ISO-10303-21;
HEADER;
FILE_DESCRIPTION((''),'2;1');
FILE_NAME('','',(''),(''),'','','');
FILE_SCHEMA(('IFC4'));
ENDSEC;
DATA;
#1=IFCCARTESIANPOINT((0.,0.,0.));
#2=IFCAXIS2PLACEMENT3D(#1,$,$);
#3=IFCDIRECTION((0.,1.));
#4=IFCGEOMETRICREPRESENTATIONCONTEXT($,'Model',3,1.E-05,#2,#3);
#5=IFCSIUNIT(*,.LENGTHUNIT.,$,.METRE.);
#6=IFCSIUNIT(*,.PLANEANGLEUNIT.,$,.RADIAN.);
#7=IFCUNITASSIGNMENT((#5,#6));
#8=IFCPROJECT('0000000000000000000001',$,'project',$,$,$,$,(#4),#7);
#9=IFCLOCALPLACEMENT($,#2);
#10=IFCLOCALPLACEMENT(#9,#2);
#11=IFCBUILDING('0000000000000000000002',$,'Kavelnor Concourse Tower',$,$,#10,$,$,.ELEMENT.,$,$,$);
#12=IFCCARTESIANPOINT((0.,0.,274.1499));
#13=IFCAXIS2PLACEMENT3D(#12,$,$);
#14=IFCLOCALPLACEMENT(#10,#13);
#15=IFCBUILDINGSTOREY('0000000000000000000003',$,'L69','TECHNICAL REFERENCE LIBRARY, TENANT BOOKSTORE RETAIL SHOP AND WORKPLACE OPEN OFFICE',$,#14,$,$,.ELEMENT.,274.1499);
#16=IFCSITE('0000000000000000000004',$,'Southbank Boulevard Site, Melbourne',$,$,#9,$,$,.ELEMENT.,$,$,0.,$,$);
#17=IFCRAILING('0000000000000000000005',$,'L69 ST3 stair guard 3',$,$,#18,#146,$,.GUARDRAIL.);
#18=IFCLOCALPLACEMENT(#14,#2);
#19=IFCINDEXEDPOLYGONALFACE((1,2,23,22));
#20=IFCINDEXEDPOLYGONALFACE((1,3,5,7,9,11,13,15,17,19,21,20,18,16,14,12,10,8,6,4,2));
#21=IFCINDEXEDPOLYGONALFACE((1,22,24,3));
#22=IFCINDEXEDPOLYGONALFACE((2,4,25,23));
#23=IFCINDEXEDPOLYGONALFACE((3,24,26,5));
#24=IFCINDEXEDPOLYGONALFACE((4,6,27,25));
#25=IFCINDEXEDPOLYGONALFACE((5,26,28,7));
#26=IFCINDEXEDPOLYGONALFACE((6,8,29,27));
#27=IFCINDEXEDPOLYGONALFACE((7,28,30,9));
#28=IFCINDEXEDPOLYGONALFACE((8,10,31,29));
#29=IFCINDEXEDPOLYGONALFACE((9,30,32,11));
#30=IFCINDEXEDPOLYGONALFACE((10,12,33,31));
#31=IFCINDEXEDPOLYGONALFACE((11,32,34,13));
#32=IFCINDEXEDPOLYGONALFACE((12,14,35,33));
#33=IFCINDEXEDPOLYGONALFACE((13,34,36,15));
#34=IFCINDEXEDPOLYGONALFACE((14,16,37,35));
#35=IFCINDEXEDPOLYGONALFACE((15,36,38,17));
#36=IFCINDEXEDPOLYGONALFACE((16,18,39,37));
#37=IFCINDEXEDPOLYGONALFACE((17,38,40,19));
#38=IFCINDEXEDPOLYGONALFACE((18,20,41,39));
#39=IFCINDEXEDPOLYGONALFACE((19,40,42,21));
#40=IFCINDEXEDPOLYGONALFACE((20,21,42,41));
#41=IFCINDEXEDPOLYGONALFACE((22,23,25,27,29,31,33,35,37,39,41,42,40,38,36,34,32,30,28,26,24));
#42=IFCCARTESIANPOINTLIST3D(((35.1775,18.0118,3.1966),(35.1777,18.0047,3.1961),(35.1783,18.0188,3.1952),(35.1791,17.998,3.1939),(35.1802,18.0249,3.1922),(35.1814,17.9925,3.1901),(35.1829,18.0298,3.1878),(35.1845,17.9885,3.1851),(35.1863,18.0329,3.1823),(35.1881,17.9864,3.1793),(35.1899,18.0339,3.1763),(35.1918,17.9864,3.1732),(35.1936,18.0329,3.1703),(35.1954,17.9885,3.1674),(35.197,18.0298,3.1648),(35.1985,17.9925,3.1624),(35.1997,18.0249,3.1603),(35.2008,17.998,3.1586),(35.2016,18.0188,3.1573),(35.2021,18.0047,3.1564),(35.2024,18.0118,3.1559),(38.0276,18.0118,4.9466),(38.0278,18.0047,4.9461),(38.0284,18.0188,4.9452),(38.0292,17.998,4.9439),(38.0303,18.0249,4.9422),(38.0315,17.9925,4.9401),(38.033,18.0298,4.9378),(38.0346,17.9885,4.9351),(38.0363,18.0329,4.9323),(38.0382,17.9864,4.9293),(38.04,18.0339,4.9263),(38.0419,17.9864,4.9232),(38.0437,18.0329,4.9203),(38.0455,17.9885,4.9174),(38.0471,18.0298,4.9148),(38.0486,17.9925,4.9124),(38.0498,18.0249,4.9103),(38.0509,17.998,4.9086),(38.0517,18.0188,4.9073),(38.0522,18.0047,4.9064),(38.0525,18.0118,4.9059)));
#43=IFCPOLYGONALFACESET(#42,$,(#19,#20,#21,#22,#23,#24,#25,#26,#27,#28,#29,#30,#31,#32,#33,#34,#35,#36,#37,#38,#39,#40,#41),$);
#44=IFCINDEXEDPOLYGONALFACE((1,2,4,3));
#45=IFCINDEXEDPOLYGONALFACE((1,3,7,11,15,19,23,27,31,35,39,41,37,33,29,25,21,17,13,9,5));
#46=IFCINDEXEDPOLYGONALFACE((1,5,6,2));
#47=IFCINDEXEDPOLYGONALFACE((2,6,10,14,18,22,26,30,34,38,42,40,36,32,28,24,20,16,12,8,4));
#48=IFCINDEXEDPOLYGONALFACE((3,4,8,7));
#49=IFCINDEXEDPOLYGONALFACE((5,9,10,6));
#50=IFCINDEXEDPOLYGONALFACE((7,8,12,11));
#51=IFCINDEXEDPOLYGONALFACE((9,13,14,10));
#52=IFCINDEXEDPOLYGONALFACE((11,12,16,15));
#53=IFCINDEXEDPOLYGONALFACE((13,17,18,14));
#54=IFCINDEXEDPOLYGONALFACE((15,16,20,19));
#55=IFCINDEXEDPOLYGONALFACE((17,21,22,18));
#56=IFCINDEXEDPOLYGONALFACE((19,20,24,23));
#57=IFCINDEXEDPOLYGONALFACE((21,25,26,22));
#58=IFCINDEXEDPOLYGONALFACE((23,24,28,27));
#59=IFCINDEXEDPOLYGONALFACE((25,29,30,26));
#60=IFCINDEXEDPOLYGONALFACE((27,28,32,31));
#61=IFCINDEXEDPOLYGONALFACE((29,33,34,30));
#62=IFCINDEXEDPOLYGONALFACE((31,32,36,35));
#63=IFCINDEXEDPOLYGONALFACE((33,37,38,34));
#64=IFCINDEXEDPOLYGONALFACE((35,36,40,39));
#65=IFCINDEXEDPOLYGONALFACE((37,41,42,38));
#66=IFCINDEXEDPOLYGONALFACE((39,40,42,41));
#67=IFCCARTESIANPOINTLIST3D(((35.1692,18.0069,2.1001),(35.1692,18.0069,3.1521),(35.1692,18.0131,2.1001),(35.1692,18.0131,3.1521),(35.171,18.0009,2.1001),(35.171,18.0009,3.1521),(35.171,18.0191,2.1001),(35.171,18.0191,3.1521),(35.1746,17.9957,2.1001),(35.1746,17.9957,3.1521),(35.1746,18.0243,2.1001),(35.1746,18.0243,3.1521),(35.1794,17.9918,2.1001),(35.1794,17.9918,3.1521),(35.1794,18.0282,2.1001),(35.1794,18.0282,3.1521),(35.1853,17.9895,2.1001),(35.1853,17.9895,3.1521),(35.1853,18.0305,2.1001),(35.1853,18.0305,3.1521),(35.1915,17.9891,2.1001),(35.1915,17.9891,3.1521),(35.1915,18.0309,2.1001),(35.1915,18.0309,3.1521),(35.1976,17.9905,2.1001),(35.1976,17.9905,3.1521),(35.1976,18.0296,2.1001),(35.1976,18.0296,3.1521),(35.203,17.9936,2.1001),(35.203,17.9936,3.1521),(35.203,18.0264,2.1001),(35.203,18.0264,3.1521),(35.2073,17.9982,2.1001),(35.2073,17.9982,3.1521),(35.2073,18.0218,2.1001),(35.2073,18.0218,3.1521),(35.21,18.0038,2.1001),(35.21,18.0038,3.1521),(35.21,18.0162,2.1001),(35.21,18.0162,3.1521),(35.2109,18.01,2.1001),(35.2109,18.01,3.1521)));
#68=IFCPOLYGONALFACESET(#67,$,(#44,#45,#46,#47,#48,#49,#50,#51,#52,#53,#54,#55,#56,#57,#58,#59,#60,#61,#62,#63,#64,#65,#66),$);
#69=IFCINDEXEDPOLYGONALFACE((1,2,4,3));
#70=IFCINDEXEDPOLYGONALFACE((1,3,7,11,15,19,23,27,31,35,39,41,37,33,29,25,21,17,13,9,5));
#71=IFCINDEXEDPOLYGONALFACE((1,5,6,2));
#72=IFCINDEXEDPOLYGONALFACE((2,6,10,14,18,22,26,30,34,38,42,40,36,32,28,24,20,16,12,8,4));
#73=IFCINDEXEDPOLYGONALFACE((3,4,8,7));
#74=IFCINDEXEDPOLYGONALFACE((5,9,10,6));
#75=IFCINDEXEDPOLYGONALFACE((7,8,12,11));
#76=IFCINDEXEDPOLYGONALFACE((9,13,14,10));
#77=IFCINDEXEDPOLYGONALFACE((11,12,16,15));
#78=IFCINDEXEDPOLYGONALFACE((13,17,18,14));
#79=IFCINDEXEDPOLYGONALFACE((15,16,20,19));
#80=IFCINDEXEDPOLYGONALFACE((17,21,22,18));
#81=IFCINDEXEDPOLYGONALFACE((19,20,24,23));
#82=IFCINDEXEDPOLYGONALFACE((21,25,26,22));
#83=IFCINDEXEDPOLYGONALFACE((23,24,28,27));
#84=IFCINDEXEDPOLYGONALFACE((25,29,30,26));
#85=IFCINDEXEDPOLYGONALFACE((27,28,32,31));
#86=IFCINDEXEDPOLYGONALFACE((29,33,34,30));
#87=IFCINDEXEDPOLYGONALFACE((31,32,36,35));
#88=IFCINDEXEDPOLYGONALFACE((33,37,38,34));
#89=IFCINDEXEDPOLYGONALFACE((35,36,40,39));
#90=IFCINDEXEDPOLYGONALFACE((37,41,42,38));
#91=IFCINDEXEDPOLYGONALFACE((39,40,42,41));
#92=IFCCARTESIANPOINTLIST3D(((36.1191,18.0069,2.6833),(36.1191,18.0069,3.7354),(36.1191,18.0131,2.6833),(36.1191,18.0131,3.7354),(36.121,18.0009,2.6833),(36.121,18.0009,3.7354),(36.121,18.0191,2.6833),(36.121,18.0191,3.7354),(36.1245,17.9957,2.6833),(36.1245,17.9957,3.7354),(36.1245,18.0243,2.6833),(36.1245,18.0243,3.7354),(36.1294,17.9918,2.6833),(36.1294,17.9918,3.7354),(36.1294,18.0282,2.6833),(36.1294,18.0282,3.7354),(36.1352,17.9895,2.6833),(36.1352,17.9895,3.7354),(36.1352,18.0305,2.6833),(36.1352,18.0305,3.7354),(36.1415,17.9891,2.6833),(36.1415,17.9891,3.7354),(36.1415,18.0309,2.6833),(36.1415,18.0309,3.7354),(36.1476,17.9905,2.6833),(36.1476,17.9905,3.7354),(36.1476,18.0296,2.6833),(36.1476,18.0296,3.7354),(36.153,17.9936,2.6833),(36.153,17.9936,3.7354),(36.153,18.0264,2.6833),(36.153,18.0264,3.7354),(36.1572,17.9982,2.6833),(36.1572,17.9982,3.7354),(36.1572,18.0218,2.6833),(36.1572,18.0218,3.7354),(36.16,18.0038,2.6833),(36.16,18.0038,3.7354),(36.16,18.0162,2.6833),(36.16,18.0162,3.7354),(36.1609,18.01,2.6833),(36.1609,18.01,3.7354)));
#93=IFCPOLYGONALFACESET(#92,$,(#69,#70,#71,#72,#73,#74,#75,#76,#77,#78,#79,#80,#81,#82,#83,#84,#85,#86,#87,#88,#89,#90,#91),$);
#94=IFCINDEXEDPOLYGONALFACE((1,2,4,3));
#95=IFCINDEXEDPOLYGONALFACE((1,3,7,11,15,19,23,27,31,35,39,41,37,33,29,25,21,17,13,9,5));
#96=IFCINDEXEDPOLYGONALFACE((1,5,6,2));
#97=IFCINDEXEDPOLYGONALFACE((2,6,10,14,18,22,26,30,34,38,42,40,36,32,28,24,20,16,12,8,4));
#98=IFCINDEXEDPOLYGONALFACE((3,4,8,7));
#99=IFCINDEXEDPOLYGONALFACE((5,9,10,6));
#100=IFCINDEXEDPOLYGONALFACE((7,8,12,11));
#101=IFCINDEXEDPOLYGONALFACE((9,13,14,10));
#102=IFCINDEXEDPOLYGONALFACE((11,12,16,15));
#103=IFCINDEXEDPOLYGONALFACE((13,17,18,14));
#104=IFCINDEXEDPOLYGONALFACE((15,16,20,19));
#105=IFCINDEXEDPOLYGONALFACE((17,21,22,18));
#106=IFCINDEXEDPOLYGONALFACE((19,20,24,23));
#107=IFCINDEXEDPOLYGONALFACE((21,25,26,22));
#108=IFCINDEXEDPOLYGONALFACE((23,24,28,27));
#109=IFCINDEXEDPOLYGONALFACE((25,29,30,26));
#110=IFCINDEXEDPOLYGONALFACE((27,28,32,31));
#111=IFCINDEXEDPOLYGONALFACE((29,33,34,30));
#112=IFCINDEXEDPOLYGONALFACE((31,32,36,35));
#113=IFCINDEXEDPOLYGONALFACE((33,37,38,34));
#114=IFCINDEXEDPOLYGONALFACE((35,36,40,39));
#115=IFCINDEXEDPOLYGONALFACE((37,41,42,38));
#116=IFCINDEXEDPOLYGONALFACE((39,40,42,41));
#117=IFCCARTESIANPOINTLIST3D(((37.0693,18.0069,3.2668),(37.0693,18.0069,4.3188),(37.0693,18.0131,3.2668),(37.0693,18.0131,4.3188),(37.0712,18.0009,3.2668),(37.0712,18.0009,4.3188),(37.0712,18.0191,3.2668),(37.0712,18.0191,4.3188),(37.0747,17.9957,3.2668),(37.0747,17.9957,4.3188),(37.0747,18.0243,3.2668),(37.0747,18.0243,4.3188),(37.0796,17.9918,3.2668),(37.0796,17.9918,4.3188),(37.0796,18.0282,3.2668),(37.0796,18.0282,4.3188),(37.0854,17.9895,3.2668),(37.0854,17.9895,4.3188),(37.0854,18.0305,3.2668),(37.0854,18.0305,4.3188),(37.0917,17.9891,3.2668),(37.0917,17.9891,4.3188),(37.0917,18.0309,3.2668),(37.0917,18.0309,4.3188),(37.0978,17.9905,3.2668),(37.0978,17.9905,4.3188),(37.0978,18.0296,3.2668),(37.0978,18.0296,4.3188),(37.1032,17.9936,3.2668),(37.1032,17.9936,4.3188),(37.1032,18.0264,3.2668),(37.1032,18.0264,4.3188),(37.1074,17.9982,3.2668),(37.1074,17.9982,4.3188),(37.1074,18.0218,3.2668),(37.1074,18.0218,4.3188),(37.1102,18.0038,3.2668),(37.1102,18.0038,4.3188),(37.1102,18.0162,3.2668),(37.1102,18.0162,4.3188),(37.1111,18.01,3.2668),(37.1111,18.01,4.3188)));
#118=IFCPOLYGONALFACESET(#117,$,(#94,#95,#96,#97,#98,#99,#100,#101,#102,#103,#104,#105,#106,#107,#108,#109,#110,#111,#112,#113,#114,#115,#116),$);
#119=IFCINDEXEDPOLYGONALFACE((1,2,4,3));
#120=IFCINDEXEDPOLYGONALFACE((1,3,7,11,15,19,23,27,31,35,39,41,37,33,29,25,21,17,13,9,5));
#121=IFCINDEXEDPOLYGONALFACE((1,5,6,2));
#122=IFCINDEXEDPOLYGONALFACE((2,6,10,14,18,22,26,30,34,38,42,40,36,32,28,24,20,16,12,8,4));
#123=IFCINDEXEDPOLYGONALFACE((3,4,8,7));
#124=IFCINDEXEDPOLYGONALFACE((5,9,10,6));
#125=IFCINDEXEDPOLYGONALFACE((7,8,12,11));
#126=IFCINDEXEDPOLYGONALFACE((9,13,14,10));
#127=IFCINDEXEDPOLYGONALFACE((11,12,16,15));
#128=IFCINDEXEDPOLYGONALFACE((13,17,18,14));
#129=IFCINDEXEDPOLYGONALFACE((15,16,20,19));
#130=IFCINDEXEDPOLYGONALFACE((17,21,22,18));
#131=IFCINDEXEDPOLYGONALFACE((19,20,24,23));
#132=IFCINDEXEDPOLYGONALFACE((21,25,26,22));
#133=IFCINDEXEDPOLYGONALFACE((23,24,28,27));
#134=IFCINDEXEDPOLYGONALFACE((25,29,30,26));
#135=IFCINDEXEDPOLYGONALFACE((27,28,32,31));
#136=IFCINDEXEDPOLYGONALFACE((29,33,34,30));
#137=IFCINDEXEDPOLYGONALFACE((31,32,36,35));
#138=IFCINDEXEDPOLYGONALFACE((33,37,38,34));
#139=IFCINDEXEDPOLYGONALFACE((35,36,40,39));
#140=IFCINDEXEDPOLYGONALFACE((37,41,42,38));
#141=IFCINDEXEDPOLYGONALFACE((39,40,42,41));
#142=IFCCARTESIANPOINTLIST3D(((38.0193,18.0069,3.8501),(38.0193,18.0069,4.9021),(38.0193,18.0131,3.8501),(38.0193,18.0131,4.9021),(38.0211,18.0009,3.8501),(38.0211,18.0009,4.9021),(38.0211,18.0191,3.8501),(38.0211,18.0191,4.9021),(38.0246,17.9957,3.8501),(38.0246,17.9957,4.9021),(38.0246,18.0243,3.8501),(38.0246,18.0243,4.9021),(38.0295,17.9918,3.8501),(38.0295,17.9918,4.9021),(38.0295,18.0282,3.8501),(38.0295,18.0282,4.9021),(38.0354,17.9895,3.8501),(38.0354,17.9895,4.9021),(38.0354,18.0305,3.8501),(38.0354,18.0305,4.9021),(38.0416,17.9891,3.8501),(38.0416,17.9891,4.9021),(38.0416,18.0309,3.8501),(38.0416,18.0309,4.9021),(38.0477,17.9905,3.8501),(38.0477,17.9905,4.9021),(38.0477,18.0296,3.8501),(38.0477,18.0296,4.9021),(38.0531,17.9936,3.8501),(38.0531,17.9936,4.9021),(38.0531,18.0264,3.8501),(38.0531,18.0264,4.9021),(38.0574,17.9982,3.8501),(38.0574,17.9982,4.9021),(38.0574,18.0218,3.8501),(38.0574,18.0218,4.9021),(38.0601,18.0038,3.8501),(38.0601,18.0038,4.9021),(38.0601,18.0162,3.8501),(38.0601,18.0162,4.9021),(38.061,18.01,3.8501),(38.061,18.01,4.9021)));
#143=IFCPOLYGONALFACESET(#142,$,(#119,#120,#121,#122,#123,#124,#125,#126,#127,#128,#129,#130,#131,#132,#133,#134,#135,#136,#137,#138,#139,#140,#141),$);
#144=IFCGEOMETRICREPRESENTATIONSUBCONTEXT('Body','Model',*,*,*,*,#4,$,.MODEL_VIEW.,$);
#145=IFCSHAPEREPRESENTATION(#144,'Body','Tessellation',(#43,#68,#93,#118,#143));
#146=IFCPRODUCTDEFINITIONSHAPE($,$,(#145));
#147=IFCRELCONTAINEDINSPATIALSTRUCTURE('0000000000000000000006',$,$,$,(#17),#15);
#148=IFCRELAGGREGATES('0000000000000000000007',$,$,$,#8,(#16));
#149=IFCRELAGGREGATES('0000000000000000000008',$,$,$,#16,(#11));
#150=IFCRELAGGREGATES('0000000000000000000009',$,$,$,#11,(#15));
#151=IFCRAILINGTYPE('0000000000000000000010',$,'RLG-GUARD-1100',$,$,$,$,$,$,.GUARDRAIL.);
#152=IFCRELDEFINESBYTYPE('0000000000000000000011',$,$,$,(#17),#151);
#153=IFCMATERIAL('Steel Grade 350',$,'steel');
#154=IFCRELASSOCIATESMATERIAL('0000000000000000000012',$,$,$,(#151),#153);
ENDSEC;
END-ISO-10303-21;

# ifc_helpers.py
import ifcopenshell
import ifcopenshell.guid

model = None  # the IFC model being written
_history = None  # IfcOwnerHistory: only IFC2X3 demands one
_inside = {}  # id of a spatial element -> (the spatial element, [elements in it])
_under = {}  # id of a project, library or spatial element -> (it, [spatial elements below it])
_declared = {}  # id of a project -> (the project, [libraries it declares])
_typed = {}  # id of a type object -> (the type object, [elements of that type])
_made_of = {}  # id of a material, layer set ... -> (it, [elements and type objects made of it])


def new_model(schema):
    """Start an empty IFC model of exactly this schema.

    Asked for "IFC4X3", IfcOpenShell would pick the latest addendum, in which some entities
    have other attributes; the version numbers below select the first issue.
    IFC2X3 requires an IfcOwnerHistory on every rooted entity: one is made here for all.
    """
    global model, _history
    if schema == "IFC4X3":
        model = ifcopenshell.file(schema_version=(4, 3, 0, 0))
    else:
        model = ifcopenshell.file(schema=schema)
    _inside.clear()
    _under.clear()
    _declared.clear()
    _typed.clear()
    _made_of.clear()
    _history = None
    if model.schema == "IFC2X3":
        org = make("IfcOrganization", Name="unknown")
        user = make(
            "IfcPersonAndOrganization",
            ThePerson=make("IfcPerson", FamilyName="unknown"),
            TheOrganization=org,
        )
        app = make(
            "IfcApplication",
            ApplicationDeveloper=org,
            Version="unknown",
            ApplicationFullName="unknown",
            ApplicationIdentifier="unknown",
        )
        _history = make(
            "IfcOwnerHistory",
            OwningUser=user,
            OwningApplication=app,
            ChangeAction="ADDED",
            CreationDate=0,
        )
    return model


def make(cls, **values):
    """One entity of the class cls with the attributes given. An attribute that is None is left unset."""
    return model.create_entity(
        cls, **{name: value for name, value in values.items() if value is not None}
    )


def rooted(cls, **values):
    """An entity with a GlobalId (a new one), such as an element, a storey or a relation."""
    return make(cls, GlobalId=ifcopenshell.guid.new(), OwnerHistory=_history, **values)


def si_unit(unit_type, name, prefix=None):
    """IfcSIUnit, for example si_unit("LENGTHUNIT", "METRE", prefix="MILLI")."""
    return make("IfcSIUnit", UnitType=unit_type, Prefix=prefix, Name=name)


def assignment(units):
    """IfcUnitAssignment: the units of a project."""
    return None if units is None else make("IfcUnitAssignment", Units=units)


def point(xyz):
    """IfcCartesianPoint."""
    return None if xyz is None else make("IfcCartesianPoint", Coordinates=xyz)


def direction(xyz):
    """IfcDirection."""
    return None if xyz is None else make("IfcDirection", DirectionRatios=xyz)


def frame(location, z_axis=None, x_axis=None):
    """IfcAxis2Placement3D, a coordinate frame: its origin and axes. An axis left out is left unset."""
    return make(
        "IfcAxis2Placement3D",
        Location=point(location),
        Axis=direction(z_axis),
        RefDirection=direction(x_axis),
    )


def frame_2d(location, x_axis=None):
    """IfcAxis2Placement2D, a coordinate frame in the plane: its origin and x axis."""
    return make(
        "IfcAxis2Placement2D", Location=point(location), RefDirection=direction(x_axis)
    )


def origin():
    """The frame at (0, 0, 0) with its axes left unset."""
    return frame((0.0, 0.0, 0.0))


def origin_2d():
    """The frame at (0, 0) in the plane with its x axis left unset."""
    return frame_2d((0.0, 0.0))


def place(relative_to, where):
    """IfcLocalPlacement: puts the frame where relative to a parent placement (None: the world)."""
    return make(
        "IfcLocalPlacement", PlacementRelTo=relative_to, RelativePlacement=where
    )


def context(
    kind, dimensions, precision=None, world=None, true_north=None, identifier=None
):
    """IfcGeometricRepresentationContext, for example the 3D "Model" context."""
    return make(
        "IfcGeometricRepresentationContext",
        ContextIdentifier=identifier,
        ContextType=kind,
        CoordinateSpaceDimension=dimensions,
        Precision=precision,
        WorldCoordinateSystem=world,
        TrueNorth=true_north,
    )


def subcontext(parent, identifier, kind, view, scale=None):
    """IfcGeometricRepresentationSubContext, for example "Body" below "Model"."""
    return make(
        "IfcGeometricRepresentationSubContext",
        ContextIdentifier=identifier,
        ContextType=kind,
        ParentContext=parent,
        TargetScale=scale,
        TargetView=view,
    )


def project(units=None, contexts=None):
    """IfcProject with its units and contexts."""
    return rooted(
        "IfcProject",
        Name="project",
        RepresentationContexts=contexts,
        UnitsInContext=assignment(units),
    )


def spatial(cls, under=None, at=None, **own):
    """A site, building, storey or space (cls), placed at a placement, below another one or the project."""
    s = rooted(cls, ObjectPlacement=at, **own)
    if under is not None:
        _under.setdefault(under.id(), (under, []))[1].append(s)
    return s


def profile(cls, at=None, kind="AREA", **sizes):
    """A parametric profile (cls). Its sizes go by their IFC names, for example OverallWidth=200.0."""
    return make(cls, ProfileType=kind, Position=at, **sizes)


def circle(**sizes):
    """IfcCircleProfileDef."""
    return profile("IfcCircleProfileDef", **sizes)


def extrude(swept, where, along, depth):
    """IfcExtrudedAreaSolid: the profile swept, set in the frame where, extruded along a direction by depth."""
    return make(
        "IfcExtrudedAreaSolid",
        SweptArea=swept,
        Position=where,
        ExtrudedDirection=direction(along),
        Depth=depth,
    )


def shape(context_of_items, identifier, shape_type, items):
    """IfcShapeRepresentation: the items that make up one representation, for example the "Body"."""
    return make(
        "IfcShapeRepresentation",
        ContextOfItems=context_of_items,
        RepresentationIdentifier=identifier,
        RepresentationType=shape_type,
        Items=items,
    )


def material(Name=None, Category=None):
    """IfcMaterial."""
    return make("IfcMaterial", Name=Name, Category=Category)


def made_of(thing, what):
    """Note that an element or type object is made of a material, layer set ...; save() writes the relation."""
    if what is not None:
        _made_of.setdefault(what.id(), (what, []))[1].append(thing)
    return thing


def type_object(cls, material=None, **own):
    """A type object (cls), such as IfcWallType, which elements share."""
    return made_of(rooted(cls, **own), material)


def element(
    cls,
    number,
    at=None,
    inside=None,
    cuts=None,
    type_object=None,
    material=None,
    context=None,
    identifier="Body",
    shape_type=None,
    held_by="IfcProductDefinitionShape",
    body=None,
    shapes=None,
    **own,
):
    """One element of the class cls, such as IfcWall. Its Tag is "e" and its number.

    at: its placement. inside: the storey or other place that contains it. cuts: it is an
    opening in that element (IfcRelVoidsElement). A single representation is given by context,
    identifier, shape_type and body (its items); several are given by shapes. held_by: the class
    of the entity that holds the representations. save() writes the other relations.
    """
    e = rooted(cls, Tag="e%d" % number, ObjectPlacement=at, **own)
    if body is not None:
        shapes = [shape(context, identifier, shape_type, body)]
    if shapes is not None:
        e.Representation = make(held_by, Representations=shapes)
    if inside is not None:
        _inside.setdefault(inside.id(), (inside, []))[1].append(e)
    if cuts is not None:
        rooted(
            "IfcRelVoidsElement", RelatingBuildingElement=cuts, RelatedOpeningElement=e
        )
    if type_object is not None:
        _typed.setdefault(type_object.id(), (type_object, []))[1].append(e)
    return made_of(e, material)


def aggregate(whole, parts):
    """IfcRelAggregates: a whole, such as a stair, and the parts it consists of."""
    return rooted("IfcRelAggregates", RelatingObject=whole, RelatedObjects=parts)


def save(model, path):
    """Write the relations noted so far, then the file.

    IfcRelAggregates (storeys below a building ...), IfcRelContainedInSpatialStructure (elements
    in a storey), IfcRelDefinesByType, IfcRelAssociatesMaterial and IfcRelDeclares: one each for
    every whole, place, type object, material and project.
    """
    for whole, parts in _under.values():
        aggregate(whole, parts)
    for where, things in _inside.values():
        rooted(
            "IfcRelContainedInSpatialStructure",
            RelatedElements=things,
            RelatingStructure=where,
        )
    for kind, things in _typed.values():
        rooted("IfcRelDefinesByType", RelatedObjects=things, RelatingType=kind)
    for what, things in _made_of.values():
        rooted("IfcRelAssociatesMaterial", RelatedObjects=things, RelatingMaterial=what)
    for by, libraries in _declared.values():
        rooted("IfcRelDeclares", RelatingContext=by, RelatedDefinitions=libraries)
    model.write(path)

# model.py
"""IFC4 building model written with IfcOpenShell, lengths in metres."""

from ifc_helpers import new_model, si_unit, direction, frame, origin, origin_2d, place, context, subcontext, project, spatial, circle, extrude, material, type_object, element, save


model = new_model("IFC4")

# Units and contexts
model_context = context("Model", 3, precision=1e-05, world=origin(), true_north=direction((0.0, 1.0)))
body_context = subcontext(model_context, "Body", "Model", "MODEL_VIEW")
ifc_project = project(units=[si_unit("LENGTHUNIT", "METRE"), si_unit("PLANEANGLEUNIT", "RADIAN")], contexts=[model_context])

# Site, building, storey
site_placement = place(None, origin())
site = spatial("IfcSite", under=ifc_project, at=site_placement, Name="Southbank Boulevard Site, Melbourne", CompositionType="ELEMENT", RefElevation=0.0)
building_placement = place(site_placement, origin())
building = spatial("IfcBuilding", under=site, at=building_placement, Name="Kavelnor Concourse Tower", CompositionType="ELEMENT")
storey_placement = place(building_placement, frame((0.0, 0.0, 274.1499)))
storey = spatial("IfcBuildingStorey", under=building, at=storey_placement, Name="L69", Description="TECHNICAL REFERENCE LIBRARY, TENANT BOOKSTORE RETAIL SHOP AND WORKPLACE OPEN OFFICE", CompositionType="ELEMENT", Elevation=274.1499)

# Shared definitions
ifc_material_1 = material(Name="Steel Grade 350", Category="steel")

# Railing
railing_type_1 = type_object("IfcRailingType", Name="RLG-GUARD-1100", PredefinedType="GUARDRAIL", material=ifc_material_1)
railing_1_placement = place(storey_placement, frame((35.1899, 18.01, 2.1001)))
element("IfcRailing", 1, at=railing_1_placement, inside=storey, type_object=railing_type_1, Name="L69 ST3 stair guard 3", PredefinedType="GUARDRAIL", context=body_context, shape_type="SweptSolid", body=[
    extrude(circle(Radius=0.0239, at=origin_2d()), frame((0.0, 0.0, 1.0762), z_axis=(0.852179, 0.0, 0.52325), x_axis=(0.0, 1.0, 0.0)), (0.0, 0.0, 1.0), 3.3445),
    extrude(circle(Radius=0.021, at=origin_2d()), origin(), (0.0, 0.0, 1.0), 1.052),
    extrude(circle(Radius=0.021, at=origin_2d()), frame((0.95, 0.0, 0.5833)), (0.0, 0.0, 1.0), 1.052),
    extrude(circle(Radius=0.021, at=origin_2d()), frame((1.9001, 0.0, 1.1667)), (0.0, 0.0, 1.0), 1.052),
    extrude(circle(Radius=0.021, at=origin_2d()), frame((2.8501, 0.0, 1.75)), (0.0, 0.0, 1.0), 1.052),
])

save(model, "model.ifc")
